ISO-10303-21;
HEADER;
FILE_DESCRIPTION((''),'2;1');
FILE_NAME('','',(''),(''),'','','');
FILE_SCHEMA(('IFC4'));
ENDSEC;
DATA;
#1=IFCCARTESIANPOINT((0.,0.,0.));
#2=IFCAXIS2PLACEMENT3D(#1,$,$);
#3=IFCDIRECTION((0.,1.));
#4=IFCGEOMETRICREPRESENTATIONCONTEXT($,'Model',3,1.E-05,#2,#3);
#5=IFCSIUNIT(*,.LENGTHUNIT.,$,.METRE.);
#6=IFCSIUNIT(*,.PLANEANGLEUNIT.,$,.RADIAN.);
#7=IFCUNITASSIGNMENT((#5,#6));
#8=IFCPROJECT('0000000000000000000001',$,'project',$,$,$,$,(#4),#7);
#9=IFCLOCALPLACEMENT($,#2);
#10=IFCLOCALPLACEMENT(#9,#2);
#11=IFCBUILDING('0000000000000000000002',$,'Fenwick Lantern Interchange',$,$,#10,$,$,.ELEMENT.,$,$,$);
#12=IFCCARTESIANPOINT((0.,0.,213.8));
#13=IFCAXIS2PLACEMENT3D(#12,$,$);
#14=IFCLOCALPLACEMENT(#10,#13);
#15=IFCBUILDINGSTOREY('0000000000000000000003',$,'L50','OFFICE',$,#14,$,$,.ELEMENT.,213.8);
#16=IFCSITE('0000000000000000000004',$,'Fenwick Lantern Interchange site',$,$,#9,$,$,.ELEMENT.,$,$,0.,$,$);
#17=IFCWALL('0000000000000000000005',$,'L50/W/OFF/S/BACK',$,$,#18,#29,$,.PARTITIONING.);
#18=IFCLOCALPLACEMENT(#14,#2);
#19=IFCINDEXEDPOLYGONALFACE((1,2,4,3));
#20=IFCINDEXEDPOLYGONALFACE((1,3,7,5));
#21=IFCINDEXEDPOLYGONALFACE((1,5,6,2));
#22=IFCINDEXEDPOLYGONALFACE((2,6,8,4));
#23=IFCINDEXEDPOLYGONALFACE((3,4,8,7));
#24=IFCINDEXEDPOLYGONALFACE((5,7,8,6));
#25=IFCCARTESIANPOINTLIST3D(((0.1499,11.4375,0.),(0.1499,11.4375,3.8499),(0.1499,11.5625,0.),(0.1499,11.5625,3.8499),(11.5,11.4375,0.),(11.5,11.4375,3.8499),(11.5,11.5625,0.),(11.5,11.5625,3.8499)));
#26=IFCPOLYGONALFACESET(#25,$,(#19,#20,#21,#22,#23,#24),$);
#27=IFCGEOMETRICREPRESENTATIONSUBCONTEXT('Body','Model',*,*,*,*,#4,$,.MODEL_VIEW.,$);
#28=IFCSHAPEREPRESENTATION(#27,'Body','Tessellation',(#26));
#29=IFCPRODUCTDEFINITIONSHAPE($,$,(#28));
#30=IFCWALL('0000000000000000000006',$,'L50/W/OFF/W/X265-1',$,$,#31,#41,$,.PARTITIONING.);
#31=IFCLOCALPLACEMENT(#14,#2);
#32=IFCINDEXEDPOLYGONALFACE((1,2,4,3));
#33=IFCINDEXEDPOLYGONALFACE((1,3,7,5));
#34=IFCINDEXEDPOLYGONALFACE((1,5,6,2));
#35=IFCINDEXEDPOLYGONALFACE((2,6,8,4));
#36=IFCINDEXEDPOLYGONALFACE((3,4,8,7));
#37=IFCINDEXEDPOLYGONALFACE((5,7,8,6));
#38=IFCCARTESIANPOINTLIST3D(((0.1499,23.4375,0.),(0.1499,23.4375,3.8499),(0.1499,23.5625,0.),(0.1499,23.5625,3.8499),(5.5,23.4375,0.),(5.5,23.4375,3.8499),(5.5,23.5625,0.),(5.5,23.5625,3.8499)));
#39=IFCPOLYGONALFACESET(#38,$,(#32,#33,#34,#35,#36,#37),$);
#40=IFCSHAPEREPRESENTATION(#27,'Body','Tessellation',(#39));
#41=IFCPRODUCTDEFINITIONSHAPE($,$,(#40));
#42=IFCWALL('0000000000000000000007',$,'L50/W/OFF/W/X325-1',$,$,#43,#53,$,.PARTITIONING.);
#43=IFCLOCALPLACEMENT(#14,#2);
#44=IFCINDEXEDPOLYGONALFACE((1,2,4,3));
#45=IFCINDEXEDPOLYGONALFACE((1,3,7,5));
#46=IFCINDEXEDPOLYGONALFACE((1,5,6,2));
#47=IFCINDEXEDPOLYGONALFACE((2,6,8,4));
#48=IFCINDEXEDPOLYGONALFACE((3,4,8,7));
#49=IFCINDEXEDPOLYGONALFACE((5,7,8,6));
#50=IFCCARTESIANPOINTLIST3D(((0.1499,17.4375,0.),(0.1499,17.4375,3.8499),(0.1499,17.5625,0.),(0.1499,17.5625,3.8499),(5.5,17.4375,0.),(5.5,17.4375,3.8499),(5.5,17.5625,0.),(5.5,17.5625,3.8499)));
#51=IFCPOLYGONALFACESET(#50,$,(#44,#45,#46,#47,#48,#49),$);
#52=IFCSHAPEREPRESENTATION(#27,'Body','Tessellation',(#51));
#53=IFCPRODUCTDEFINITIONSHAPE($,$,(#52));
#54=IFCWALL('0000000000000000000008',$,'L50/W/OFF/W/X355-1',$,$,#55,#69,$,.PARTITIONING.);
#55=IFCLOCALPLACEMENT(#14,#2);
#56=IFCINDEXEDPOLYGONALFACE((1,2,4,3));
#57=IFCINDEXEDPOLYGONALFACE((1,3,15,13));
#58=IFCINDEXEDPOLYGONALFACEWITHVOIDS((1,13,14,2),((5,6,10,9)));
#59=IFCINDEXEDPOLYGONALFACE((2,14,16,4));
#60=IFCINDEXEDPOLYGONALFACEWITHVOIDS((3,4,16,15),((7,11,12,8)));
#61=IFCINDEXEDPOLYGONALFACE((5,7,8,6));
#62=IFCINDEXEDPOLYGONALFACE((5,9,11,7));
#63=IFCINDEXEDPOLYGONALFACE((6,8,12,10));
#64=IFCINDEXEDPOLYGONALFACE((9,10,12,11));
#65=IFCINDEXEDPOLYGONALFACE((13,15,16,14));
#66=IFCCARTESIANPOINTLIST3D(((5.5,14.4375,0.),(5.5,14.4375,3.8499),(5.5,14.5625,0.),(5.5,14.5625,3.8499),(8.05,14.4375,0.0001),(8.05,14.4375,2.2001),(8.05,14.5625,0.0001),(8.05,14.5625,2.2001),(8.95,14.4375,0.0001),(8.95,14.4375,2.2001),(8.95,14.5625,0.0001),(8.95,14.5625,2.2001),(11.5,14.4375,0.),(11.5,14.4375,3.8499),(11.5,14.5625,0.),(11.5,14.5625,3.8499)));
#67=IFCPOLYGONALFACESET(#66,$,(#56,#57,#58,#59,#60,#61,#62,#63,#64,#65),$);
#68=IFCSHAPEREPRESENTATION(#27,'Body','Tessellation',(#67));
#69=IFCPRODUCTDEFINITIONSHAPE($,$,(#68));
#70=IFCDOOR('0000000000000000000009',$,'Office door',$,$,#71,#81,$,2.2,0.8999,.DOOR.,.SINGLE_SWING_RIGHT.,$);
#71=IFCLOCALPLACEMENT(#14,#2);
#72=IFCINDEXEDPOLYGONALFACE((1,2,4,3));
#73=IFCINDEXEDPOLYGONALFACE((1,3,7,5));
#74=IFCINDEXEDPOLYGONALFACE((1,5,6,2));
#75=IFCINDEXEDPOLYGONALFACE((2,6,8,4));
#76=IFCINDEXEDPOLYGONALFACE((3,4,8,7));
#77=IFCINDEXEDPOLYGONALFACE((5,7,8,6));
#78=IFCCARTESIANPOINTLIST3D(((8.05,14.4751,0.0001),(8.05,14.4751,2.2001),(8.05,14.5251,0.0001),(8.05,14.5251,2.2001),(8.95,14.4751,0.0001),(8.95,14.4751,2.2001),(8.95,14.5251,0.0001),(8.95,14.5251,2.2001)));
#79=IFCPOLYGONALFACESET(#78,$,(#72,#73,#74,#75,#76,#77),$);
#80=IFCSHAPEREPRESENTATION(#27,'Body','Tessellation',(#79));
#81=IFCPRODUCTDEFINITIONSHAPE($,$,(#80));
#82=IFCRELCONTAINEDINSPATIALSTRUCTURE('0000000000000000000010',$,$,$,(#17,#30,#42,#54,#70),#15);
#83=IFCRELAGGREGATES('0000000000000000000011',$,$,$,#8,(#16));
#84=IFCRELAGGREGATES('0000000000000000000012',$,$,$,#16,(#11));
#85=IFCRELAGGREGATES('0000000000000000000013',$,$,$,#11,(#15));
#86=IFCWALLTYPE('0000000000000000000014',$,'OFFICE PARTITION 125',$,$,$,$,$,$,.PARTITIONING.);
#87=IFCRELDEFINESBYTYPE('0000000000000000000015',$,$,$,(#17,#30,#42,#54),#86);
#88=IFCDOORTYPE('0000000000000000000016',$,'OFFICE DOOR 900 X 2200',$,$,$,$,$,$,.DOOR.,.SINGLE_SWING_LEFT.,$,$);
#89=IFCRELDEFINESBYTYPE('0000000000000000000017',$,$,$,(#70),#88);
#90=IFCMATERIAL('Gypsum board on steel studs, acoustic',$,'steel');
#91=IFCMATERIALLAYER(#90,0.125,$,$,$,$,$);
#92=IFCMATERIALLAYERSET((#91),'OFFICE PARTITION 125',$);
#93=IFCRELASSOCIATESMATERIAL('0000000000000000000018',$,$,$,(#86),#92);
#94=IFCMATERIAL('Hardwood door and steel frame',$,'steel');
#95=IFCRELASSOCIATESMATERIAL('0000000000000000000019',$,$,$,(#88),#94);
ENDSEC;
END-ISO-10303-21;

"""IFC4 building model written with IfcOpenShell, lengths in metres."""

from ifc_helpers import new_model, si_unit, direction, frame, frame_2d, origin, place, context, subcontext, project, spatial, rectangle, extrude, material, layer, layer_set, type_object, element, fill, save


model = new_model("IFC4")

# Units and contexts
model_context = context("Model", 3, precision=1e-05, world=origin(), true_north=direction((0.0, 1.0)))
body_context = subcontext(model_context, "Body", "Model", "MODEL_VIEW")
ifc_project = project(units=[si_unit("LENGTHUNIT", "METRE"), si_unit("PLANEANGLEUNIT", "RADIAN")], contexts=[model_context])

# Site, building, storey
site_placement = place(None, origin())
site = spatial("IfcSite", under=ifc_project, at=site_placement, Name="Fenwick Lantern Interchange site", CompositionType="ELEMENT", RefElevation=0.0)
building_placement = place(site_placement, origin())
building = spatial("IfcBuilding", under=site, at=building_placement, Name="Fenwick Lantern Interchange", CompositionType="ELEMENT")
storey_placement = place(building_placement, frame((0.0, 0.0, 213.8)))
storey = spatial("IfcBuildingStorey", under=building, at=storey_placement, Name="L50", Description="OFFICE", CompositionType="ELEMENT", Elevation=213.8)

# Shared definitions
ifc_material_1 = material(Name="Hardwood door and steel frame", Category="steel")

# Walls
ifc_material_2 = material(Name="Gypsum board on steel studs, acoustic", Category="steel")
ifc_layer_1 = layer(ifc_material_2, 0.125)
ifc_layer_set_1 = layer_set([ifc_layer_1], Name="OFFICE PARTITION 125")
wall_type_1 = type_object("IfcWallType", Name="OFFICE PARTITION 125", PredefinedType="PARTITIONING", material=ifc_layer_set_1)
wall_1_placement = place(storey_placement, frame((0.1499, 11.5, 0.0), z_axis=(0.0, 0.0, 1.0), x_axis=(1.0, 0.0, 0.0)))
element("IfcWall", 1, at=wall_1_placement, inside=storey, type_object=wall_type_1, Name="L50/W/OFF/S/BACK", PredefinedType="PARTITIONING", context=body_context, shape_type="SweptSolid", body=[
    extrude(rectangle(XDim=11.3501, YDim=0.125, at=frame_2d((5.675, 0.0))), origin(), (0.0, 0.0, 1.0), 3.8499),
])
for number, where, z_axis, x_axis, name in (
    (2, (0.1499, 23.5, 0.0), (0.0, 0.0, 1.0), (1.0, 0.0, 0.0), "L50/W/OFF/W/X265-1"),
    (3, (0.1499, 17.5, 0.0), (0.0, 0.0, 1.0), (1.0, 0.0, 0.0), "L50/W/OFF/W/X325-1"),
):
    element("IfcWall", number, at=place(storey_placement, frame(where, z_axis=z_axis, x_axis=x_axis)), inside=storey, type_object=wall_type_1, Name=name, PredefinedType="PARTITIONING", context=body_context, shape_type="SweptSolid", body=[
        extrude(rectangle(XDim=5.3501, YDim=0.125, at=frame_2d((2.675, 0.0))), origin(), (0.0, 0.0, 1.0), 3.8499),
    ])

# Wall, opening, door
wall_2_placement = place(storey_placement, frame((5.5, 14.5, 0.0), z_axis=(0.0, 0.0, 1.0), x_axis=(1.0, 0.0, 0.0)))
wall_2 = element("IfcWall", 4, at=wall_2_placement, inside=storey, type_object=wall_type_1, Name="L50/W/OFF/W/X355-1", PredefinedType="PARTITIONING", context=body_context, shape_type="SweptSolid", body=[
    extrude(rectangle(XDim=6.0, YDim=0.125, at=frame_2d((3.0, 0.0))), origin(), (0.0, 0.0, 1.0), 3.8499),
])
opening_1_placement = place(wall_2_placement, frame((2.55, 0.0, 0.0)))
opening_1 = element("IfcOpeningElement", 5, at=opening_1_placement, cuts=wall_2, PredefinedType="OPENING", context=body_context, shape_type="SweptSolid", body=[
    extrude(rectangle(XDim=0.8999, YDim=2.2, at=frame_2d((0.45, 1.1001))), frame((0.0, 0.0725, 0.0), z_axis=(0.0, -1.0, 0.0), x_axis=(1.0, 0.0, 0.0)), (0.0, 0.0, 1.0), 0.145),
])
door_type_1 = type_object("IfcDoorType", Name="OFFICE DOOR 900 X 2200", OperationType="SINGLE_SWING_LEFT", PredefinedType="DOOR", material=ifc_material_1)
door_1_placement = place(opening_1_placement, frame((0.8999, 0.0, 0.0), z_axis=(0.0, 0.0, 1.0), x_axis=(-1.0, 0.0, 0.0)))
door_1 = element("IfcDoor", 6, at=door_1_placement, inside=storey, type_object=door_type_1, Name="Office door", OperationType="SINGLE_SWING_RIGHT", OverallHeight=2.2, OverallWidth=0.8999, PredefinedType="DOOR", context=body_context, shape_type="SweptSolid", body=[
    extrude(rectangle(XDim=0.8999, YDim=2.2, at=frame_2d((0.45, 1.1001))), frame((0.0, 0.0249, 0.0), z_axis=(0.0, -1.0, 0.0), x_axis=(1.0, 0.0, 0.0)), (0.0, 0.0, 1.0), 0.05),
])
fill(opening_1, door_1)

save(model, "model.ifc")
